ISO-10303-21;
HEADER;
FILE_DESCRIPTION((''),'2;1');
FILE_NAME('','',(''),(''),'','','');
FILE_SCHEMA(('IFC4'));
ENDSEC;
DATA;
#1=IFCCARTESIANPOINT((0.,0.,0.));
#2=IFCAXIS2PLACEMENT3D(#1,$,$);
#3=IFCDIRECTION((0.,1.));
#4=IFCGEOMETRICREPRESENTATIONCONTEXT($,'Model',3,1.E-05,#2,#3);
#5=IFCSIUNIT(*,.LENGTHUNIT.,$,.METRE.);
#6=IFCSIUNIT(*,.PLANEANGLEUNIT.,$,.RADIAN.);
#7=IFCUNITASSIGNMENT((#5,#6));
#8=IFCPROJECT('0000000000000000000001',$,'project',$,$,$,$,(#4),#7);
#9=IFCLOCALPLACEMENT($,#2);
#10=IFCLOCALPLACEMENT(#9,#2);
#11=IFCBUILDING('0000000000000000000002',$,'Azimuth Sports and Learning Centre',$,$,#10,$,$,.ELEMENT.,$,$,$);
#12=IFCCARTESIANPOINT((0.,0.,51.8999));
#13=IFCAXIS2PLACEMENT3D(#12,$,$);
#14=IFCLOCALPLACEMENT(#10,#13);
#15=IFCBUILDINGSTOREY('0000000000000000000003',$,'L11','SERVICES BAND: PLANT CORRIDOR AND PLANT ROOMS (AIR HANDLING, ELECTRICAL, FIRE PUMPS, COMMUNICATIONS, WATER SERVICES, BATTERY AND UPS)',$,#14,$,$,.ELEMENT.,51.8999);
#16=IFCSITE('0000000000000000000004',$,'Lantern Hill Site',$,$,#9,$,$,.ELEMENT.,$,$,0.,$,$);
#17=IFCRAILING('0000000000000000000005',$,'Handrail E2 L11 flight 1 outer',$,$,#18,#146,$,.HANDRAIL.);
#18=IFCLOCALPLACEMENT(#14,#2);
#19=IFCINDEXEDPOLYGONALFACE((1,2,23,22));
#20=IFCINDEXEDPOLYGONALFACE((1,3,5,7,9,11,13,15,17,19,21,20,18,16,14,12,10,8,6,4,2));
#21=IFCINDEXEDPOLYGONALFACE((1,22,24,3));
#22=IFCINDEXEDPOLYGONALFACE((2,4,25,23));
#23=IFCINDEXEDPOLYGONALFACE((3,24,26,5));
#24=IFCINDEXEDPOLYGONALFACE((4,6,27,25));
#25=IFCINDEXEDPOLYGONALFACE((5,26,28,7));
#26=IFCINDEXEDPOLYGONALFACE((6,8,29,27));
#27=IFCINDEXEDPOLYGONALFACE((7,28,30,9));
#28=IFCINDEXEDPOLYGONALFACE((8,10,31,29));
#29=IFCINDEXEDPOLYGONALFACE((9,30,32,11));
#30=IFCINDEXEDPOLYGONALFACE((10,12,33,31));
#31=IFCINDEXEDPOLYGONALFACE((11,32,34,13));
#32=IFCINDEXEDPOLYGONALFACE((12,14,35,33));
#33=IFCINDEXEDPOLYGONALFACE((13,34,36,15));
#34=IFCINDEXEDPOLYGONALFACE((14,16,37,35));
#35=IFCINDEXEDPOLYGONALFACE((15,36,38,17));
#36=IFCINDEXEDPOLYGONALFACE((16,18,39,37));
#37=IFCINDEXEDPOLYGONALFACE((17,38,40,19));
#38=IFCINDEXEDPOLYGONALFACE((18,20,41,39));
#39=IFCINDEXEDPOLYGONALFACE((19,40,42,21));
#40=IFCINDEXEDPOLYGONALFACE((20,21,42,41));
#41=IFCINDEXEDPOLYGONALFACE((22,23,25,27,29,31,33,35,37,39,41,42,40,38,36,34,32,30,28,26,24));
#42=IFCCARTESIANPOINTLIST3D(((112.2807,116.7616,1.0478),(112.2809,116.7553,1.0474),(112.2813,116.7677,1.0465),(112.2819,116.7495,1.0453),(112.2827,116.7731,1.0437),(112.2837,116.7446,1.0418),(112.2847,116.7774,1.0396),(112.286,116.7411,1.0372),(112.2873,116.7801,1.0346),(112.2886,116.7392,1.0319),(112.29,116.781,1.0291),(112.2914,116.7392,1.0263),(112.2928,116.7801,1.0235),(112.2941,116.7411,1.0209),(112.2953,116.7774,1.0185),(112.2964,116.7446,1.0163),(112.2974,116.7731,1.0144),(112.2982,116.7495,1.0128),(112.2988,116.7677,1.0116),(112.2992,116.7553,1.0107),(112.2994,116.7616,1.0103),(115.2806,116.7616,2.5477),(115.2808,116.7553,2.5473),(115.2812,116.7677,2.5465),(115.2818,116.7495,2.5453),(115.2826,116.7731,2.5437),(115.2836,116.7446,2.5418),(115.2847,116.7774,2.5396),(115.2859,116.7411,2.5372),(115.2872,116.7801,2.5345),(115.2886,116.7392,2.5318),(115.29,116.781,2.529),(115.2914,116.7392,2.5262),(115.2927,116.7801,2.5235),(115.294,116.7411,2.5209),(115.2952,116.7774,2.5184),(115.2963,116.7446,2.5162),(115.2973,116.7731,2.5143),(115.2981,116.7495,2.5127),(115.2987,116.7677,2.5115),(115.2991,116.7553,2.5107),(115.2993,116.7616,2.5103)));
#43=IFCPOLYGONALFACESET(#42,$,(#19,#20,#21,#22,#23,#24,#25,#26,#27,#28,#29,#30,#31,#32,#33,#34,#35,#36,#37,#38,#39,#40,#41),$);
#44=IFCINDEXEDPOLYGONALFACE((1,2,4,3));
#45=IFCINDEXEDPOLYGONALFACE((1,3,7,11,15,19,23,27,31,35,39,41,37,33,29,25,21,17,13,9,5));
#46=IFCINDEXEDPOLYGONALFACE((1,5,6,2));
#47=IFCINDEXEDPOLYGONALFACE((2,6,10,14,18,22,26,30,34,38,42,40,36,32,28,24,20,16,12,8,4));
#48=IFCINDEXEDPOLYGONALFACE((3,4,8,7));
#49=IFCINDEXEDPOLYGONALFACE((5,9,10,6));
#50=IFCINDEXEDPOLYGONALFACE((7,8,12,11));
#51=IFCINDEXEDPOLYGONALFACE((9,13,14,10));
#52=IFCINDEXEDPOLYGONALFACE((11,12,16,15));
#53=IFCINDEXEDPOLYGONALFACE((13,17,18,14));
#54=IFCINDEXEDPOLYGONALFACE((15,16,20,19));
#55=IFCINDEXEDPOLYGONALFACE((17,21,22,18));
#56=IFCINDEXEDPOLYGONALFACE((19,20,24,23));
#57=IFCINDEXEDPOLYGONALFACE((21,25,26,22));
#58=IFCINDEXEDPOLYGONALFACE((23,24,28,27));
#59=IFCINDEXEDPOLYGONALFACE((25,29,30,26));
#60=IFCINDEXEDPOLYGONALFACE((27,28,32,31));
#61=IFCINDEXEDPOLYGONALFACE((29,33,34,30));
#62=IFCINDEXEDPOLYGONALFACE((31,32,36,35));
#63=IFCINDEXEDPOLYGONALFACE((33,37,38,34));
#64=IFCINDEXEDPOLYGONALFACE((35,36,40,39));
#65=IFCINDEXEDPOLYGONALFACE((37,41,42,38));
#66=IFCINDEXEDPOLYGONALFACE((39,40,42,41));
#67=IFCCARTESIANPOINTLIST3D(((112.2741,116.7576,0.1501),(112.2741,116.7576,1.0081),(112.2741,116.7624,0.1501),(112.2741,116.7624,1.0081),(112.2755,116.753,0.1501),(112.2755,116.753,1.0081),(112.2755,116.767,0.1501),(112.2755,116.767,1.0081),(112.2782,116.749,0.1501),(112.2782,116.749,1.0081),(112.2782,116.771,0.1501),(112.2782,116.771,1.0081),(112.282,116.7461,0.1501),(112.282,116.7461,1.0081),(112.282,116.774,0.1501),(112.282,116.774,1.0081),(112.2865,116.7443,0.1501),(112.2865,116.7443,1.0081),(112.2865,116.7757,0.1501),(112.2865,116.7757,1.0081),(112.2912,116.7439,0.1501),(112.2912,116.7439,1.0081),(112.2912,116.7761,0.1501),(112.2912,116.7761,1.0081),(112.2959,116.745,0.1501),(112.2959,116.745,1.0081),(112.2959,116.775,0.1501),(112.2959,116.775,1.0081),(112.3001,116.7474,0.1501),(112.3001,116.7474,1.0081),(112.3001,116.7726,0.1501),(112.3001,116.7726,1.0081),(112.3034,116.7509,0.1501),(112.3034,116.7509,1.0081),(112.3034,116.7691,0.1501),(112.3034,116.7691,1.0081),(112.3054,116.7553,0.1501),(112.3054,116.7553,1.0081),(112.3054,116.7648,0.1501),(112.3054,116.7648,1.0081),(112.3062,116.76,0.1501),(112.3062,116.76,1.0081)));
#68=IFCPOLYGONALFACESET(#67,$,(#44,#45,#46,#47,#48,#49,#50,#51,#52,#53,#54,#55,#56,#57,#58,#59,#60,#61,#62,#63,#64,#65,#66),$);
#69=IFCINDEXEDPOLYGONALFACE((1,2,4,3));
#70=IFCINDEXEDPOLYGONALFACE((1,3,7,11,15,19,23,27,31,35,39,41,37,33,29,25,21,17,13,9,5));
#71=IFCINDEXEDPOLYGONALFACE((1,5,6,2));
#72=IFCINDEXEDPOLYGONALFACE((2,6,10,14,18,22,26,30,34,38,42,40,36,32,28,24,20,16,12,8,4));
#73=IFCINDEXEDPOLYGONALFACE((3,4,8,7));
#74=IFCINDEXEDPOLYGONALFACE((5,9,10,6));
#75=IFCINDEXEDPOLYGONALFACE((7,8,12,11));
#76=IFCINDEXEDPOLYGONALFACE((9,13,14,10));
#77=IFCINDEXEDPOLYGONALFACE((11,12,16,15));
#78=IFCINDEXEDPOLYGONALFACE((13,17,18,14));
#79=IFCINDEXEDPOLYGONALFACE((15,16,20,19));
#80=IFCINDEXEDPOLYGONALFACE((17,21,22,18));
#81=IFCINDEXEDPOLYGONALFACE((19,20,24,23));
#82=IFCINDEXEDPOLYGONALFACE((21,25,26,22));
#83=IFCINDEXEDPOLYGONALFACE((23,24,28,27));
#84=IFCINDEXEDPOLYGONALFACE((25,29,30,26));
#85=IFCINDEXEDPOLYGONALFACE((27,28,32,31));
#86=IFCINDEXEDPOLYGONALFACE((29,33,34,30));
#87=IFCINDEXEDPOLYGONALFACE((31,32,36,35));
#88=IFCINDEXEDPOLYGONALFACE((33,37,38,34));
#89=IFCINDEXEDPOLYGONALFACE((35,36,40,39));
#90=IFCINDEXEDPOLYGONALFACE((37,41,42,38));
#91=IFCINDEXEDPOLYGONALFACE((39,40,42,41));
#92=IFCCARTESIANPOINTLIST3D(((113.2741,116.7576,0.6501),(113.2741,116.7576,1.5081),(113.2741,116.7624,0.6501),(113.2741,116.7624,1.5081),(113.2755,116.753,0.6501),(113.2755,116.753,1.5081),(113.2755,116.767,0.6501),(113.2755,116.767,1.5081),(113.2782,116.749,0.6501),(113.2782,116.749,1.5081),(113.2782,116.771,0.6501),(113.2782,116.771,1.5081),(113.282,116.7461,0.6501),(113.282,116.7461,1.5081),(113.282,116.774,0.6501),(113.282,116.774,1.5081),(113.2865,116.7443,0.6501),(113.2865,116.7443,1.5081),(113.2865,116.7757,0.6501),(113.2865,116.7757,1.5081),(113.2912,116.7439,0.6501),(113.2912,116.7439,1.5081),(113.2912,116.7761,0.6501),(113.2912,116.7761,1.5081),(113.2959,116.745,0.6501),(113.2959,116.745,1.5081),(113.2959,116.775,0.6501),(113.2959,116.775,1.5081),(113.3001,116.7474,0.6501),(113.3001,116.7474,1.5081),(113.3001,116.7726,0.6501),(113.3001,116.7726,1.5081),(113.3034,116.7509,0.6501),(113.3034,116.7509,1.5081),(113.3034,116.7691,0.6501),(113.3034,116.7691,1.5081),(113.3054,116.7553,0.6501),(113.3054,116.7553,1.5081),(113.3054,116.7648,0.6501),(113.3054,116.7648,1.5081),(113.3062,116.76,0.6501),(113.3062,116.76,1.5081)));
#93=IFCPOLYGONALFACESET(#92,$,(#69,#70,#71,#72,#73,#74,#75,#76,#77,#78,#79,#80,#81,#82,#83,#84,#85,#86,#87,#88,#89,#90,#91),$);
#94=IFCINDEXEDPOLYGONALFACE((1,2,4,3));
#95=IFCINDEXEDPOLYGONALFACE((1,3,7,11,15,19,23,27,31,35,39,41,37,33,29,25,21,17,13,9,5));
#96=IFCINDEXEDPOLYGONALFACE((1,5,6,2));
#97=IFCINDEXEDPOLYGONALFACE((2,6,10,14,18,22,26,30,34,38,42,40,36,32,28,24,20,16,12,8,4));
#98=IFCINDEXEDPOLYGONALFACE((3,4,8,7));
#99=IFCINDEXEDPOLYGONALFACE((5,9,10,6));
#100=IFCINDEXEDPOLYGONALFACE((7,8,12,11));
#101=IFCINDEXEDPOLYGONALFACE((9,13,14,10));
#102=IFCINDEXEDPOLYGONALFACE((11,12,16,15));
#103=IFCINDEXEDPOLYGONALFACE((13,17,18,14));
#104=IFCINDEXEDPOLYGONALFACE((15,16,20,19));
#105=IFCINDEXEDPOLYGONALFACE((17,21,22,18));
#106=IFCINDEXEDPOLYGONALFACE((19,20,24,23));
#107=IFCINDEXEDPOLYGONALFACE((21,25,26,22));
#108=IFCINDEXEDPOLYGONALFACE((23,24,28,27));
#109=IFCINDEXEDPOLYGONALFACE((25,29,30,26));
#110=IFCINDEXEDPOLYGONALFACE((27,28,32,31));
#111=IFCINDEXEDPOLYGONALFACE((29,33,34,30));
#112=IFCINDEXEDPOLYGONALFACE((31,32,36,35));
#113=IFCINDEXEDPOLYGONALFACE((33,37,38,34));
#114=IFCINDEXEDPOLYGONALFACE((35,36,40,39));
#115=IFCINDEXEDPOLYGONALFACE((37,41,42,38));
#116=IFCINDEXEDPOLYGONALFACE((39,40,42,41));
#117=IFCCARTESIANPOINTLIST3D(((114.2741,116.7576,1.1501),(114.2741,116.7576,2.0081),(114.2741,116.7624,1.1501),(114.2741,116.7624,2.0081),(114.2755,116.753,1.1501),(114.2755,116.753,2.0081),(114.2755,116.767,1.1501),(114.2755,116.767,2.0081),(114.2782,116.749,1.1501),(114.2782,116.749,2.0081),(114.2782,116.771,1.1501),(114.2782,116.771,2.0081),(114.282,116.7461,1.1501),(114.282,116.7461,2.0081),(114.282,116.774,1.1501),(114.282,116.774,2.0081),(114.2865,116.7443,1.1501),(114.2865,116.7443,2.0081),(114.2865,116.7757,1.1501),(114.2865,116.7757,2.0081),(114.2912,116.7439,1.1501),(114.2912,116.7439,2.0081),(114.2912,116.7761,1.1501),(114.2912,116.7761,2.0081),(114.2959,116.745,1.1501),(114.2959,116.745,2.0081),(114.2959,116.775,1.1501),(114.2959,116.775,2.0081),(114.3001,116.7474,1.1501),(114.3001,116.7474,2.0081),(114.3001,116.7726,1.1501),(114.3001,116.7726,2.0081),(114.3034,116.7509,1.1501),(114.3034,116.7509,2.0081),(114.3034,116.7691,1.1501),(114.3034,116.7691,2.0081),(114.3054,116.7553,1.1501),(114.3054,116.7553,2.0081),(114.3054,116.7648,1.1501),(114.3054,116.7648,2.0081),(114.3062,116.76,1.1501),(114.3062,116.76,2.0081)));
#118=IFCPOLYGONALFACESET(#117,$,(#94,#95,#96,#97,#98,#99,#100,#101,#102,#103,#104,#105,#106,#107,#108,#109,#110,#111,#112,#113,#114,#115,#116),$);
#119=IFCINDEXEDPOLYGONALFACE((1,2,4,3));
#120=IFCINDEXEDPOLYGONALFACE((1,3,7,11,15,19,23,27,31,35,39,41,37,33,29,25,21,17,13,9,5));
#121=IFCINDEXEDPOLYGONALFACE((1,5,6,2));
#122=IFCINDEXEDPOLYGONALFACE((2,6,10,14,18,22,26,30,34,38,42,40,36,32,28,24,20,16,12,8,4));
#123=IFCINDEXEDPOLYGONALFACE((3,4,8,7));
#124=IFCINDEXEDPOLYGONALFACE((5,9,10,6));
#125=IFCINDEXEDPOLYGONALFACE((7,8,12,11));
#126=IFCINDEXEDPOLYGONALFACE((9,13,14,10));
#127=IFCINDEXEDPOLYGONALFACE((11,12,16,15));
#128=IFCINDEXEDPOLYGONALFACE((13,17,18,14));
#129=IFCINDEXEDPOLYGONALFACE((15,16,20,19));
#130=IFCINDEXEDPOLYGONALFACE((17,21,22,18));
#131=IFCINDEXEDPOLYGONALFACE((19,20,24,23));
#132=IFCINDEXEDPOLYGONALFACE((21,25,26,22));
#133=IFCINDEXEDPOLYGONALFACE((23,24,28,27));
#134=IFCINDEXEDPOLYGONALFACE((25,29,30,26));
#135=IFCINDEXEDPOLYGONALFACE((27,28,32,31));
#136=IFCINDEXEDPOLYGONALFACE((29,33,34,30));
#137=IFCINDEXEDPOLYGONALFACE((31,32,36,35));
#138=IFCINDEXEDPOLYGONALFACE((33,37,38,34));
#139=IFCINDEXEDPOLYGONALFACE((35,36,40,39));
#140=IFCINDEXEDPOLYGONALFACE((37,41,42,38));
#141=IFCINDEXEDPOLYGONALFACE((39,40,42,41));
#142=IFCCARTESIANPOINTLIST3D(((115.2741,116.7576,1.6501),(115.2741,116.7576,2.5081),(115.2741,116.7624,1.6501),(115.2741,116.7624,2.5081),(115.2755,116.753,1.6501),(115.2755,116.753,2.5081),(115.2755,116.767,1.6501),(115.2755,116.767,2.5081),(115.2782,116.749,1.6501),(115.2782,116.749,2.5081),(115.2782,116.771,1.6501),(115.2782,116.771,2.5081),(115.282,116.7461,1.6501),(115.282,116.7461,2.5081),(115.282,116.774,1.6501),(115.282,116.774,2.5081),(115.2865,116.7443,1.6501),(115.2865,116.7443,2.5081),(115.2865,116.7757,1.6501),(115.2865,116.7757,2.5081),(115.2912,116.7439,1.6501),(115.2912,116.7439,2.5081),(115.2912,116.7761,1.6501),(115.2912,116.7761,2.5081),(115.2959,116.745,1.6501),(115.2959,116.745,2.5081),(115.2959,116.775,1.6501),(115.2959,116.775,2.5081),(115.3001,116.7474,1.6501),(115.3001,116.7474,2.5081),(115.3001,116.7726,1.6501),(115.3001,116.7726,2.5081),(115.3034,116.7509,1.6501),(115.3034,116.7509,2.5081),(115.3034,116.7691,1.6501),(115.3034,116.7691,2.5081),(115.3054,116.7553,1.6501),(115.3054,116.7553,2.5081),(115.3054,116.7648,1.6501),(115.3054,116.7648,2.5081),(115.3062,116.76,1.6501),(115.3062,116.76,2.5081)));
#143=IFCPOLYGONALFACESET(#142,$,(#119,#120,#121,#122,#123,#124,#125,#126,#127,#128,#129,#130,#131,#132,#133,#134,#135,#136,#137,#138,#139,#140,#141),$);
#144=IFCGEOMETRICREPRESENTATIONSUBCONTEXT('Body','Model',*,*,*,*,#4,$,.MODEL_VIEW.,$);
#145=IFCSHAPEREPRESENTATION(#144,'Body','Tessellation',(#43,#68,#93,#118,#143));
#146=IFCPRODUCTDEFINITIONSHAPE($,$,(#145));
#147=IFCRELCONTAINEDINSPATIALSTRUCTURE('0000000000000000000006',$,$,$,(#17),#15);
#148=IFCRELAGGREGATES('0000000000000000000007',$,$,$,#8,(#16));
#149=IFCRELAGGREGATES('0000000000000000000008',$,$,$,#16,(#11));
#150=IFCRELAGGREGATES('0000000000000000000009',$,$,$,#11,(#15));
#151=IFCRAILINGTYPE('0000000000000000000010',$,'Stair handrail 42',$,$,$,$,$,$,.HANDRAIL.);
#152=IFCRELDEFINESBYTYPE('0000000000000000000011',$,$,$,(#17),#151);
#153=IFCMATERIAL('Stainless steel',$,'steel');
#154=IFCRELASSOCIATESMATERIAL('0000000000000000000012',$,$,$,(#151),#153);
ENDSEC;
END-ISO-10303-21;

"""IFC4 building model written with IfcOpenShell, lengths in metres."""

from ifc_helpers import new_model, si_unit, direction, frame, origin, origin_2d, place, context, subcontext, project, spatial, circle, extrude, material, type_object, element, save


model = new_model("IFC4")

# Units and contexts
model_context = context("Model", 3, precision=1e-05, world=origin(), true_north=direction((0.0, 1.0)))
body_context = subcontext(model_context, "Body", "Model", "MODEL_VIEW")
ifc_project = project(units=[si_unit("LENGTHUNIT", "METRE"), si_unit("PLANEANGLEUNIT", "RADIAN")], contexts=[model_context])

# Site, building, storey
site_placement = place(None, origin())
site = spatial("IfcSite", under=ifc_project, at=site_placement, Name="Lantern Hill Site", CompositionType="ELEMENT", RefElevation=0.0)
building_placement = place(site_placement, origin())
building = spatial("IfcBuilding", under=site, at=building_placement, Name="Azimuth Sports and Learning Centre", CompositionType="ELEMENT")
storey_placement = place(building_placement, frame((0.0, 0.0, 51.8999)))
storey = spatial("IfcBuildingStorey", under=building, at=storey_placement, Name="L11", Description="SERVICES BAND: PLANT CORRIDOR AND PLANT ROOMS (AIR HANDLING, ELECTRICAL, FIRE PUMPS, COMMUNICATIONS, WATER SERVICES, BATTERY AND UPS)", CompositionType="ELEMENT", Elevation=51.8999)

# Railing
ifc_material_1 = material(Name="Stainless steel", Category="steel")
railing_type = type_object("IfcRailingType", Name="Stair handrail 42", PredefinedType="HANDRAIL", material=ifc_material_1)
for number, where, name in (
    (1, (112.29, 116.76, 0.1501), "Handrail E2 L11 flight 1 outer"),
):
    element("IfcRailing", number, at=place(storey_placement, frame(where)), inside=storey, type_object=railing_type, Name=name, PredefinedType="HANDRAIL", context=body_context, shape_type="SweptSolid", body=[
        extrude(circle(Radius=0.021, at=origin_2d()), frame((0.0, 0.0, 0.8789), z_axis=(0.894427, 0.0, 0.447214), x_axis=(0.0, 1.0, 0.0)), (0.0, 0.0, 1.0), 3.354),
        extrude(circle(Radius=0.0161, at=origin_2d()), origin(), (0.0, 0.0, 1.0), 0.8579),
        extrude(circle(Radius=0.0161, at=origin_2d()), frame((1.0, 0.0, 0.5)), (0.0, 0.0, 1.0), 0.8579),
        extrude(circle(Radius=0.0161, at=origin_2d()), frame((2.0, 0.0, 1.0)), (0.0, 0.0, 1.0), 0.8579),
        extrude(circle(Radius=0.0161, at=origin_2d()), frame((3.0, 0.0, 1.5)), (0.0, 0.0, 1.0), 0.8579),
    ])

save(model, "model.ifc")
